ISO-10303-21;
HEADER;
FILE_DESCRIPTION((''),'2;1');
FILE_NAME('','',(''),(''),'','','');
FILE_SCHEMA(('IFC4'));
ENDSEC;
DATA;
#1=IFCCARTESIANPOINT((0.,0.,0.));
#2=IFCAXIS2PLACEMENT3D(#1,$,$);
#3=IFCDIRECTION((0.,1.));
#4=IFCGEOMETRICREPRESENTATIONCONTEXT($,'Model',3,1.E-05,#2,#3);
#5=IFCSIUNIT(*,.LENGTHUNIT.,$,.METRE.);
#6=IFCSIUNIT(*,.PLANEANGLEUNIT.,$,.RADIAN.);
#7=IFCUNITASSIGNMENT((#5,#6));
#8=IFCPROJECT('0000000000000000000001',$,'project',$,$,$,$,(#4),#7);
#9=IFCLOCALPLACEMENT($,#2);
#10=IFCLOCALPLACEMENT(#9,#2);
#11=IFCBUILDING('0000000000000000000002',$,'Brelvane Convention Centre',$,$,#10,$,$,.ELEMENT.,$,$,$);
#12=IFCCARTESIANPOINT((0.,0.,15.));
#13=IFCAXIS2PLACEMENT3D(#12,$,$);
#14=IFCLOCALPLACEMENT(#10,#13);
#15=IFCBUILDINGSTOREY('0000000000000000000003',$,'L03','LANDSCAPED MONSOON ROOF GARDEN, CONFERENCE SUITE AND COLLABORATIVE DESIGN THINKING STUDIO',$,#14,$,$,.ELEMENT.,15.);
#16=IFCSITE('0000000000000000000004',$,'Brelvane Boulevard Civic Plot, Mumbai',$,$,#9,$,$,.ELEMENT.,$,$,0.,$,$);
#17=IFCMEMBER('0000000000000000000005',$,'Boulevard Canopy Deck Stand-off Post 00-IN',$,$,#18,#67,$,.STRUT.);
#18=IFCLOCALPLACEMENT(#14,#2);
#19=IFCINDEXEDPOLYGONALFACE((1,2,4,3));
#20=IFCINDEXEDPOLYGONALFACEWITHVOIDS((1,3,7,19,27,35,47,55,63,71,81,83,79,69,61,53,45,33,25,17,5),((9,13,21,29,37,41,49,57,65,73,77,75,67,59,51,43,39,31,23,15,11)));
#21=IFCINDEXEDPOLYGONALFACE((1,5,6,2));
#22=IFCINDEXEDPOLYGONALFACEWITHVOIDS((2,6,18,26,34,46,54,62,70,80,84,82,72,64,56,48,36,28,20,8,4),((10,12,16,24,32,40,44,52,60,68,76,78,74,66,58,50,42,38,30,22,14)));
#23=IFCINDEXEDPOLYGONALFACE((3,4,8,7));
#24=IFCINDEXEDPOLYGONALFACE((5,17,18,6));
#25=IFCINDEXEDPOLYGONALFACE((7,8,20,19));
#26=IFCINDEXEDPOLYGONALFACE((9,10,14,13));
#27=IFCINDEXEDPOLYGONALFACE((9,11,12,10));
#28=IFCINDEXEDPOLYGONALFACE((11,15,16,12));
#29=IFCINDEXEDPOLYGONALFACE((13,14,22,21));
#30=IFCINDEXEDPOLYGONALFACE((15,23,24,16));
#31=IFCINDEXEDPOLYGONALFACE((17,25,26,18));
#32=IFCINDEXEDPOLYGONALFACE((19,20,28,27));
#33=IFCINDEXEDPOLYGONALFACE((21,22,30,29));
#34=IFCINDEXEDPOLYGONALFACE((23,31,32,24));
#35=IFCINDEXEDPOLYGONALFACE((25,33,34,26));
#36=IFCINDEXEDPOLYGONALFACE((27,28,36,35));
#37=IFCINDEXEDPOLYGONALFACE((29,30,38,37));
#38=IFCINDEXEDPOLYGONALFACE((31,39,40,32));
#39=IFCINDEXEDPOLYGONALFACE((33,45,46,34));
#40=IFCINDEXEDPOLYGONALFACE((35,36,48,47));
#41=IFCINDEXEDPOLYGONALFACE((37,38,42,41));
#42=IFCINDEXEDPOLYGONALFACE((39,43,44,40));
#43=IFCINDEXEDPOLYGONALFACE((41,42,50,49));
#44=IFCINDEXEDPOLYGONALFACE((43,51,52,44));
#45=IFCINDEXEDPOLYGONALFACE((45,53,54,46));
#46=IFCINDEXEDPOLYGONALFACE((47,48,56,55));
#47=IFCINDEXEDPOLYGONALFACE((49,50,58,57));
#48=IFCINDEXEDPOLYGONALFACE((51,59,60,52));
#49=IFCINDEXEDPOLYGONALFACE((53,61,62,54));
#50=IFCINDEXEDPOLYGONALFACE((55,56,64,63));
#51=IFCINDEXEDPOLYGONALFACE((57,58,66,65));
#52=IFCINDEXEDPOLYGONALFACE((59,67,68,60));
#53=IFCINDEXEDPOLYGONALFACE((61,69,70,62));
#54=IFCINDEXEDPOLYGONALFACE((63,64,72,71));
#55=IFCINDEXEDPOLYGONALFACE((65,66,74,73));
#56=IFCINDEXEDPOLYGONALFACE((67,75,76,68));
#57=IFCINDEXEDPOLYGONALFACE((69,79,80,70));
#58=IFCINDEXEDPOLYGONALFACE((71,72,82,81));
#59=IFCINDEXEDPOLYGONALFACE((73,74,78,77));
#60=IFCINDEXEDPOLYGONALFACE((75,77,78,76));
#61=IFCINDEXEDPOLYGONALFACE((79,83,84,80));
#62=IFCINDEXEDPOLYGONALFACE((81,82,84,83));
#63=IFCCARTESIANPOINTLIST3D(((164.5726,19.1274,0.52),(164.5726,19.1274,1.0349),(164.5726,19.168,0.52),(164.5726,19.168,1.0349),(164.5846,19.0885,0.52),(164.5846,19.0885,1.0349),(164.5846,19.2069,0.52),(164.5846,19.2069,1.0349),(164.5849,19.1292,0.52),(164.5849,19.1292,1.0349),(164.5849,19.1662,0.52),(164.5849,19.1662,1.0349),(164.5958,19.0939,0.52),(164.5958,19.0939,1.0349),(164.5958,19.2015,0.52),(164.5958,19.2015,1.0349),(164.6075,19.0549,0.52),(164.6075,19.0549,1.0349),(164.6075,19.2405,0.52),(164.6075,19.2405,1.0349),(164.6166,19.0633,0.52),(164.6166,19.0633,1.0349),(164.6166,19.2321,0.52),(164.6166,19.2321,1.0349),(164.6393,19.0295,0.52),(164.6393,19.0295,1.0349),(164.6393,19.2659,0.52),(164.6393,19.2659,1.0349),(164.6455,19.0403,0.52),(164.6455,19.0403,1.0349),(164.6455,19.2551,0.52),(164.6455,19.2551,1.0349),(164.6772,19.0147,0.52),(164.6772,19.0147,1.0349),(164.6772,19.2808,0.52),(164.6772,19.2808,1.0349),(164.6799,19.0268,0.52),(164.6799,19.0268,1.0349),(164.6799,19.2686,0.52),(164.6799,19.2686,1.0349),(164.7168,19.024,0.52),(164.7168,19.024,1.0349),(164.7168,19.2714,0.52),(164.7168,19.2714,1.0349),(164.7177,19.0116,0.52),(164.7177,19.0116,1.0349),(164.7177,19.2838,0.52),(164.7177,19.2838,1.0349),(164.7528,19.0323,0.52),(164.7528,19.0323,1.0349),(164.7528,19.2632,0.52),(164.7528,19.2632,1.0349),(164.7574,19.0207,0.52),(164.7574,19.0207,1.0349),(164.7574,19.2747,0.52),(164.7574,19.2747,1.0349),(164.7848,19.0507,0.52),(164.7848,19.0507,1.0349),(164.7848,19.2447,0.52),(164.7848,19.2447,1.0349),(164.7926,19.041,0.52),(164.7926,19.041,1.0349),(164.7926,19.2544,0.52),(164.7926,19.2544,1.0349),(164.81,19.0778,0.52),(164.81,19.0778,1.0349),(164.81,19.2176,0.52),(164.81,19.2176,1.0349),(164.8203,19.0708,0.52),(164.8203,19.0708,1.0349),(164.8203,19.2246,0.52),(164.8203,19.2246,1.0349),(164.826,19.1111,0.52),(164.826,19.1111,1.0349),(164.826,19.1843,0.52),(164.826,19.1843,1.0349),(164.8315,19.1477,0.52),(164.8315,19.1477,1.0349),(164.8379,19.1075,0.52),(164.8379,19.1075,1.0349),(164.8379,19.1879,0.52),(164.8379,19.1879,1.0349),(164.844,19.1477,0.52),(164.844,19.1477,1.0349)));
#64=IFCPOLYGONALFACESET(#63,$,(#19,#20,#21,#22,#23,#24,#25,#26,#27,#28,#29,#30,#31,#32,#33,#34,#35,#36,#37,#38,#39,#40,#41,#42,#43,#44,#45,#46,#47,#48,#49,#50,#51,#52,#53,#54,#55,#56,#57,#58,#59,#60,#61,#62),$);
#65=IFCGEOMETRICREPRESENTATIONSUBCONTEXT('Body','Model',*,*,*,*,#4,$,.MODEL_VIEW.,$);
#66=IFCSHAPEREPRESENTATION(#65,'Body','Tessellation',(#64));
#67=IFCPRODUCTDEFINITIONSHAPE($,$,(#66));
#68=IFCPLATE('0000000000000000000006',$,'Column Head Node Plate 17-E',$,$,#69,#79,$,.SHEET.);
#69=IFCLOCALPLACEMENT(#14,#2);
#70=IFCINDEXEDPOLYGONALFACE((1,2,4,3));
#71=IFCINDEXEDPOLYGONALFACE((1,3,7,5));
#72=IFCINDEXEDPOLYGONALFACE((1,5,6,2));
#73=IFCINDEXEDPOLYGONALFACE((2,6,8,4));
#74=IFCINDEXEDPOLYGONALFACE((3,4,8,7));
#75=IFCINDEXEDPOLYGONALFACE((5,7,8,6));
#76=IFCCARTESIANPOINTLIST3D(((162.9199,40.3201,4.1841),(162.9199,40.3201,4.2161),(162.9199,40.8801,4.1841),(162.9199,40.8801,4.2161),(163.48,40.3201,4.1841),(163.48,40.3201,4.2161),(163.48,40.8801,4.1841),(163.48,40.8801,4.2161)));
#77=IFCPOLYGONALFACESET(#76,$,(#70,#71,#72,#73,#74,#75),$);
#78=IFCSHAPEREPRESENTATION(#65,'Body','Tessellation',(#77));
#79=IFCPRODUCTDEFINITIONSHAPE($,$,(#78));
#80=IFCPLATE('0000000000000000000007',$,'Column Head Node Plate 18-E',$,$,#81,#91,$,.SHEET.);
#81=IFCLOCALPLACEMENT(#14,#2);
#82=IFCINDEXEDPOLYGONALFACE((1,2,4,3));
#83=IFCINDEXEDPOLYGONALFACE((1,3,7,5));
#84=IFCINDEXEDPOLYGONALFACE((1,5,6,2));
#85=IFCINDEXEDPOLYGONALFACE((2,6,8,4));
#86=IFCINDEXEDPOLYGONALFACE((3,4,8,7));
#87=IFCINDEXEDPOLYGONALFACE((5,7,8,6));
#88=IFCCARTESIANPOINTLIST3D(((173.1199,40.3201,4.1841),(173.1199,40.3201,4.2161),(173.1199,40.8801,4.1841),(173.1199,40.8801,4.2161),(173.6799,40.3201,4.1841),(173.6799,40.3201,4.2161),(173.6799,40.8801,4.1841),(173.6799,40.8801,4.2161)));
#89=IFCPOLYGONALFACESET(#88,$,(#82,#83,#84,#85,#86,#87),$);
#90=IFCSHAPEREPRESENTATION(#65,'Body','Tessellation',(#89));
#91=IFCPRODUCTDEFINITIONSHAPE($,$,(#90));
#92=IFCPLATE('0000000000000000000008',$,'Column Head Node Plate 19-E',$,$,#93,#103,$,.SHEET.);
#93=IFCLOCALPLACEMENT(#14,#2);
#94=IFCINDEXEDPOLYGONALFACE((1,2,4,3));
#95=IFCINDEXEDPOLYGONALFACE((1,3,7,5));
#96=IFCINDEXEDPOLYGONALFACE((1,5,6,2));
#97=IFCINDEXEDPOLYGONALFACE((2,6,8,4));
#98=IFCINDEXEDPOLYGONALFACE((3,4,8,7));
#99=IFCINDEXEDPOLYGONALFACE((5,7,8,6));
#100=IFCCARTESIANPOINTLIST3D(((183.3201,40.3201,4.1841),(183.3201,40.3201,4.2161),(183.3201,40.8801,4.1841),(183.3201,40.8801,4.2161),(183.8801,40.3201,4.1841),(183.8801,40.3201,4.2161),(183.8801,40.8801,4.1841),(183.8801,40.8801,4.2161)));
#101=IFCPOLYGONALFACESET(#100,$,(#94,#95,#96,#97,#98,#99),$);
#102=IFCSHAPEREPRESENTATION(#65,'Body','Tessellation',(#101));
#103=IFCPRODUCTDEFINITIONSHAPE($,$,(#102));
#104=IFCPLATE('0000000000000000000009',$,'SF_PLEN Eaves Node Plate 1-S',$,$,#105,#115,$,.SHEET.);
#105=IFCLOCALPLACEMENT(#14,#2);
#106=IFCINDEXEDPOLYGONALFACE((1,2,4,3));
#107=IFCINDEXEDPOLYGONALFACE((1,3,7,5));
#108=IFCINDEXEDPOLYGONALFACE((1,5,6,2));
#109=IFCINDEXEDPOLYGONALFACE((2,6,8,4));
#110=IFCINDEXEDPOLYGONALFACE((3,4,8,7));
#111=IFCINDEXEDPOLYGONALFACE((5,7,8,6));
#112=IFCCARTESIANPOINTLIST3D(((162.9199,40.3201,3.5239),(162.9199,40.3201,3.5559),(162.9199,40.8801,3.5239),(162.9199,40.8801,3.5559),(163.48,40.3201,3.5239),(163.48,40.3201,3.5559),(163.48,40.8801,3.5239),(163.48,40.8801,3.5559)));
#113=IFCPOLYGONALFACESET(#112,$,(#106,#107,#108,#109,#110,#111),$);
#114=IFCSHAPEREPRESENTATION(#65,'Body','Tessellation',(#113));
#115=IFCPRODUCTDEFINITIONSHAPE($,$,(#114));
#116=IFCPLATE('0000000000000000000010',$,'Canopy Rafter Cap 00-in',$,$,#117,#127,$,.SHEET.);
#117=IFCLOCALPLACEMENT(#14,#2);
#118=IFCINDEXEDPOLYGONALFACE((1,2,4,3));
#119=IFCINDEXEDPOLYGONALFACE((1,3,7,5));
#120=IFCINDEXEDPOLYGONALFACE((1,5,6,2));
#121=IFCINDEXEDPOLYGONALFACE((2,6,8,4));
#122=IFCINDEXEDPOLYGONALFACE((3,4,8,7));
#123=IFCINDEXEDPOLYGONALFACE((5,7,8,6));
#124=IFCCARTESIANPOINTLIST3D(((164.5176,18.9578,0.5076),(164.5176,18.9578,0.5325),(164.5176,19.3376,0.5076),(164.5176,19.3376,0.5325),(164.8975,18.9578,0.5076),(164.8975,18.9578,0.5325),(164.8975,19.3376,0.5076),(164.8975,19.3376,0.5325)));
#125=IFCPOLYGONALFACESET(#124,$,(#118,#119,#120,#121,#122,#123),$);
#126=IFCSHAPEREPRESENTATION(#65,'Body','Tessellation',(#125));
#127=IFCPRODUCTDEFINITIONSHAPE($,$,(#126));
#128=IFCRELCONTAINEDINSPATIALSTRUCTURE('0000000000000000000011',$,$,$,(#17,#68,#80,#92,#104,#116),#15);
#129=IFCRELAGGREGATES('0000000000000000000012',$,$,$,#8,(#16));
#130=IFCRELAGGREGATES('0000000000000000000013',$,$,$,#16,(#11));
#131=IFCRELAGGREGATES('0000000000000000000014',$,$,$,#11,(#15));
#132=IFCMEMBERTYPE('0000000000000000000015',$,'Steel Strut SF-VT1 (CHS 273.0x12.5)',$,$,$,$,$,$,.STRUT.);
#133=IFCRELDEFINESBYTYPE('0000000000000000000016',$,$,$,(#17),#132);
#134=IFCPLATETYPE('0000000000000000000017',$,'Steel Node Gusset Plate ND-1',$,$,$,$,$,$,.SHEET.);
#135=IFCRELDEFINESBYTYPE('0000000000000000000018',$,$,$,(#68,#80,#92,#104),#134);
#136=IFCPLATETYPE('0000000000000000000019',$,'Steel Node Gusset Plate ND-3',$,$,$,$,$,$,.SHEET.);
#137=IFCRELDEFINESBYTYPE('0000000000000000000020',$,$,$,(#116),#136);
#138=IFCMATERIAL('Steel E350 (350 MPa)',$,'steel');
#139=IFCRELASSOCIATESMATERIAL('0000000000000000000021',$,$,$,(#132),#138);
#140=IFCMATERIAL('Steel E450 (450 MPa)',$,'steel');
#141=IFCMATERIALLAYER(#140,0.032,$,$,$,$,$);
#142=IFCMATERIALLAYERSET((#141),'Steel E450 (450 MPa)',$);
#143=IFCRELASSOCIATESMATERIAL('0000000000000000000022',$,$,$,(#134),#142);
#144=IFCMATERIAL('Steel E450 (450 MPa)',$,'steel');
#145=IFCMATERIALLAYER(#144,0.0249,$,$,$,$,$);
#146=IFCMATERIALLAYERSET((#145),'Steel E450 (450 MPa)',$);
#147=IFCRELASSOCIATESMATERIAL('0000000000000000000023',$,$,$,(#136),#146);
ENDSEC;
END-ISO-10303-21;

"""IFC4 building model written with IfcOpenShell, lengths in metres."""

from ifc_helpers import new_model, si_unit, direction, frame, origin, origin_2d, place, context, subcontext, project, spatial, rectangle, hollow_circle, extrude, material, layer, layer_set, material_profile, profile_set, type_object, element, save


model = new_model("IFC4")

# Units and contexts
model_context = context("Model", 3, precision=1e-05, world=origin(), true_north=direction((0.0, 1.0)))
body_context = subcontext(model_context, "Body", "Model", "MODEL_VIEW")
ifc_project = project(units=[si_unit("LENGTHUNIT", "METRE"), si_unit("PLANEANGLEUNIT", "RADIAN")], contexts=[model_context])

# Site, building, storey
site_placement = place(None, origin())
site = spatial("IfcSite", under=ifc_project, at=site_placement, Name="Brelvane Boulevard Civic Plot, Mumbai", CompositionType="ELEMENT", RefElevation=0.0)
building_placement = place(site_placement, origin())
building = spatial("IfcBuilding", under=site, at=building_placement, Name="Brelvane Convention Centre", CompositionType="ELEMENT")
storey_placement = place(building_placement, frame((0.0, 0.0, 15.0)))
storey = spatial("IfcBuildingStorey", under=building, at=storey_placement, Name="L03", Description="LANDSCAPED MONSOON ROOF GARDEN, CONFERENCE SUITE AND COLLABORATIVE DESIGN THINKING STUDIO", CompositionType="ELEMENT", Elevation=15.0)

# Member
ifc_material_1 = material(Name="Steel E350 (350 MPa)", Category="steel")
ifc_material_profile_1 = material_profile(ifc_material_1, hollow_circle(Radius=0.1365, WallThickness=0.0125, at=origin_2d()), Name="CHS 273.0x12.5")
ifc_profile_set_1 = profile_set([ifc_material_profile_1], Name="Steel E350 (350 MPa)")
member_type_1 = type_object("IfcMemberType", Name="Steel Strut SF-VT1 (CHS 273.0x12.5)", PredefinedType="STRUT", material=ifc_profile_set_1)
member_1_placement = place(storey_placement, frame((164.7075, 19.1477, 0.52), z_axis=(0.0, 0.0, 1.0), x_axis=(1.0, 0.0, 0.0)))
element("IfcMember", 1, at=member_1_placement, inside=storey, type_object=member_type_1, Name="Boulevard Canopy Deck Stand-off Post 00-IN", PredefinedType="STRUT", context=body_context, shape_type="SweptSolid", body=[
    extrude(hollow_circle(Radius=0.1365, WallThickness=0.0125, at=origin_2d()), origin(), (0.0, 0.0, 1.0), 0.5149),
])

# Plates
ifc_material_2 = material(Name="Steel E450 (450 MPa)", Category="steel")
ifc_layer_1 = layer(ifc_material_2, 0.032)
ifc_layer_set_1 = layer_set([ifc_layer_1], Name="Steel E450 (450 MPa)")
plate_type_1 = type_object("IfcPlateType", Name="Steel Node Gusset Plate ND-1", PredefinedType="SHEET", material=ifc_layer_set_1)
for number, where, z_axis, x_axis, name in (
    (2, (163.2, 40.6001, 4.1841), (0.0, 0.0, 1.0), (1.0, 0.0, 0.0), "Column Head Node Plate 17-E"),
    (3, (173.3999, 40.6001, 4.1841), (0.0, 0.0, 1.0), (1.0, 0.0, 0.0), "Column Head Node Plate 18-E"),
    (4, (183.6001, 40.6001, 4.1841), (0.0, 0.0, 1.0), (1.0, 0.0, 0.0), "Column Head Node Plate 19-E"),
    (5, (163.2, 40.6001, 3.5239), (0.0, 0.0, 1.0), (1.0, 0.0, 0.0), "SF_PLEN Eaves Node Plate 1-S"),
):
    element("IfcPlate", number, at=place(storey_placement, frame(where, z_axis=z_axis, x_axis=x_axis)), inside=storey, type_object=plate_type_1, Name=name, PredefinedType="SHEET", context=body_context, shape_type="SweptSolid", body=[
        extrude(rectangle(XDim=0.5601, YDim=0.5601, at=origin_2d()), origin(), (0.0, 0.0, 1.0), 0.032),
    ])
ifc_material_3 = material(Name="Steel E450 (450 MPa)", Category="steel")
ifc_layer_2 = layer(ifc_material_3, 0.0249)
ifc_layer_set_2 = layer_set([ifc_layer_2], Name="Steel E450 (450 MPa)")
plate_type_2 = type_object("IfcPlateType", Name="Steel Node Gusset Plate ND-3", PredefinedType="SHEET", material=ifc_layer_set_2)
plate_placement = place(storey_placement, frame((164.7075, 19.1477, 0.5076), z_axis=(0.0, 0.0, 1.0), x_axis=(1.0, 0.0, 0.0)))
element("IfcPlate", 6, at=plate_placement, inside=storey, type_object=plate_type_2, Name="Canopy Rafter Cap 00-in", PredefinedType="SHEET", context=body_context, shape_type="SweptSolid", body=[
    extrude(rectangle(XDim=0.3799, YDim=0.3799, at=origin_2d()), origin(), (0.0, 0.0, 1.0), 0.0249),
])

save(model, "model.ifc")
